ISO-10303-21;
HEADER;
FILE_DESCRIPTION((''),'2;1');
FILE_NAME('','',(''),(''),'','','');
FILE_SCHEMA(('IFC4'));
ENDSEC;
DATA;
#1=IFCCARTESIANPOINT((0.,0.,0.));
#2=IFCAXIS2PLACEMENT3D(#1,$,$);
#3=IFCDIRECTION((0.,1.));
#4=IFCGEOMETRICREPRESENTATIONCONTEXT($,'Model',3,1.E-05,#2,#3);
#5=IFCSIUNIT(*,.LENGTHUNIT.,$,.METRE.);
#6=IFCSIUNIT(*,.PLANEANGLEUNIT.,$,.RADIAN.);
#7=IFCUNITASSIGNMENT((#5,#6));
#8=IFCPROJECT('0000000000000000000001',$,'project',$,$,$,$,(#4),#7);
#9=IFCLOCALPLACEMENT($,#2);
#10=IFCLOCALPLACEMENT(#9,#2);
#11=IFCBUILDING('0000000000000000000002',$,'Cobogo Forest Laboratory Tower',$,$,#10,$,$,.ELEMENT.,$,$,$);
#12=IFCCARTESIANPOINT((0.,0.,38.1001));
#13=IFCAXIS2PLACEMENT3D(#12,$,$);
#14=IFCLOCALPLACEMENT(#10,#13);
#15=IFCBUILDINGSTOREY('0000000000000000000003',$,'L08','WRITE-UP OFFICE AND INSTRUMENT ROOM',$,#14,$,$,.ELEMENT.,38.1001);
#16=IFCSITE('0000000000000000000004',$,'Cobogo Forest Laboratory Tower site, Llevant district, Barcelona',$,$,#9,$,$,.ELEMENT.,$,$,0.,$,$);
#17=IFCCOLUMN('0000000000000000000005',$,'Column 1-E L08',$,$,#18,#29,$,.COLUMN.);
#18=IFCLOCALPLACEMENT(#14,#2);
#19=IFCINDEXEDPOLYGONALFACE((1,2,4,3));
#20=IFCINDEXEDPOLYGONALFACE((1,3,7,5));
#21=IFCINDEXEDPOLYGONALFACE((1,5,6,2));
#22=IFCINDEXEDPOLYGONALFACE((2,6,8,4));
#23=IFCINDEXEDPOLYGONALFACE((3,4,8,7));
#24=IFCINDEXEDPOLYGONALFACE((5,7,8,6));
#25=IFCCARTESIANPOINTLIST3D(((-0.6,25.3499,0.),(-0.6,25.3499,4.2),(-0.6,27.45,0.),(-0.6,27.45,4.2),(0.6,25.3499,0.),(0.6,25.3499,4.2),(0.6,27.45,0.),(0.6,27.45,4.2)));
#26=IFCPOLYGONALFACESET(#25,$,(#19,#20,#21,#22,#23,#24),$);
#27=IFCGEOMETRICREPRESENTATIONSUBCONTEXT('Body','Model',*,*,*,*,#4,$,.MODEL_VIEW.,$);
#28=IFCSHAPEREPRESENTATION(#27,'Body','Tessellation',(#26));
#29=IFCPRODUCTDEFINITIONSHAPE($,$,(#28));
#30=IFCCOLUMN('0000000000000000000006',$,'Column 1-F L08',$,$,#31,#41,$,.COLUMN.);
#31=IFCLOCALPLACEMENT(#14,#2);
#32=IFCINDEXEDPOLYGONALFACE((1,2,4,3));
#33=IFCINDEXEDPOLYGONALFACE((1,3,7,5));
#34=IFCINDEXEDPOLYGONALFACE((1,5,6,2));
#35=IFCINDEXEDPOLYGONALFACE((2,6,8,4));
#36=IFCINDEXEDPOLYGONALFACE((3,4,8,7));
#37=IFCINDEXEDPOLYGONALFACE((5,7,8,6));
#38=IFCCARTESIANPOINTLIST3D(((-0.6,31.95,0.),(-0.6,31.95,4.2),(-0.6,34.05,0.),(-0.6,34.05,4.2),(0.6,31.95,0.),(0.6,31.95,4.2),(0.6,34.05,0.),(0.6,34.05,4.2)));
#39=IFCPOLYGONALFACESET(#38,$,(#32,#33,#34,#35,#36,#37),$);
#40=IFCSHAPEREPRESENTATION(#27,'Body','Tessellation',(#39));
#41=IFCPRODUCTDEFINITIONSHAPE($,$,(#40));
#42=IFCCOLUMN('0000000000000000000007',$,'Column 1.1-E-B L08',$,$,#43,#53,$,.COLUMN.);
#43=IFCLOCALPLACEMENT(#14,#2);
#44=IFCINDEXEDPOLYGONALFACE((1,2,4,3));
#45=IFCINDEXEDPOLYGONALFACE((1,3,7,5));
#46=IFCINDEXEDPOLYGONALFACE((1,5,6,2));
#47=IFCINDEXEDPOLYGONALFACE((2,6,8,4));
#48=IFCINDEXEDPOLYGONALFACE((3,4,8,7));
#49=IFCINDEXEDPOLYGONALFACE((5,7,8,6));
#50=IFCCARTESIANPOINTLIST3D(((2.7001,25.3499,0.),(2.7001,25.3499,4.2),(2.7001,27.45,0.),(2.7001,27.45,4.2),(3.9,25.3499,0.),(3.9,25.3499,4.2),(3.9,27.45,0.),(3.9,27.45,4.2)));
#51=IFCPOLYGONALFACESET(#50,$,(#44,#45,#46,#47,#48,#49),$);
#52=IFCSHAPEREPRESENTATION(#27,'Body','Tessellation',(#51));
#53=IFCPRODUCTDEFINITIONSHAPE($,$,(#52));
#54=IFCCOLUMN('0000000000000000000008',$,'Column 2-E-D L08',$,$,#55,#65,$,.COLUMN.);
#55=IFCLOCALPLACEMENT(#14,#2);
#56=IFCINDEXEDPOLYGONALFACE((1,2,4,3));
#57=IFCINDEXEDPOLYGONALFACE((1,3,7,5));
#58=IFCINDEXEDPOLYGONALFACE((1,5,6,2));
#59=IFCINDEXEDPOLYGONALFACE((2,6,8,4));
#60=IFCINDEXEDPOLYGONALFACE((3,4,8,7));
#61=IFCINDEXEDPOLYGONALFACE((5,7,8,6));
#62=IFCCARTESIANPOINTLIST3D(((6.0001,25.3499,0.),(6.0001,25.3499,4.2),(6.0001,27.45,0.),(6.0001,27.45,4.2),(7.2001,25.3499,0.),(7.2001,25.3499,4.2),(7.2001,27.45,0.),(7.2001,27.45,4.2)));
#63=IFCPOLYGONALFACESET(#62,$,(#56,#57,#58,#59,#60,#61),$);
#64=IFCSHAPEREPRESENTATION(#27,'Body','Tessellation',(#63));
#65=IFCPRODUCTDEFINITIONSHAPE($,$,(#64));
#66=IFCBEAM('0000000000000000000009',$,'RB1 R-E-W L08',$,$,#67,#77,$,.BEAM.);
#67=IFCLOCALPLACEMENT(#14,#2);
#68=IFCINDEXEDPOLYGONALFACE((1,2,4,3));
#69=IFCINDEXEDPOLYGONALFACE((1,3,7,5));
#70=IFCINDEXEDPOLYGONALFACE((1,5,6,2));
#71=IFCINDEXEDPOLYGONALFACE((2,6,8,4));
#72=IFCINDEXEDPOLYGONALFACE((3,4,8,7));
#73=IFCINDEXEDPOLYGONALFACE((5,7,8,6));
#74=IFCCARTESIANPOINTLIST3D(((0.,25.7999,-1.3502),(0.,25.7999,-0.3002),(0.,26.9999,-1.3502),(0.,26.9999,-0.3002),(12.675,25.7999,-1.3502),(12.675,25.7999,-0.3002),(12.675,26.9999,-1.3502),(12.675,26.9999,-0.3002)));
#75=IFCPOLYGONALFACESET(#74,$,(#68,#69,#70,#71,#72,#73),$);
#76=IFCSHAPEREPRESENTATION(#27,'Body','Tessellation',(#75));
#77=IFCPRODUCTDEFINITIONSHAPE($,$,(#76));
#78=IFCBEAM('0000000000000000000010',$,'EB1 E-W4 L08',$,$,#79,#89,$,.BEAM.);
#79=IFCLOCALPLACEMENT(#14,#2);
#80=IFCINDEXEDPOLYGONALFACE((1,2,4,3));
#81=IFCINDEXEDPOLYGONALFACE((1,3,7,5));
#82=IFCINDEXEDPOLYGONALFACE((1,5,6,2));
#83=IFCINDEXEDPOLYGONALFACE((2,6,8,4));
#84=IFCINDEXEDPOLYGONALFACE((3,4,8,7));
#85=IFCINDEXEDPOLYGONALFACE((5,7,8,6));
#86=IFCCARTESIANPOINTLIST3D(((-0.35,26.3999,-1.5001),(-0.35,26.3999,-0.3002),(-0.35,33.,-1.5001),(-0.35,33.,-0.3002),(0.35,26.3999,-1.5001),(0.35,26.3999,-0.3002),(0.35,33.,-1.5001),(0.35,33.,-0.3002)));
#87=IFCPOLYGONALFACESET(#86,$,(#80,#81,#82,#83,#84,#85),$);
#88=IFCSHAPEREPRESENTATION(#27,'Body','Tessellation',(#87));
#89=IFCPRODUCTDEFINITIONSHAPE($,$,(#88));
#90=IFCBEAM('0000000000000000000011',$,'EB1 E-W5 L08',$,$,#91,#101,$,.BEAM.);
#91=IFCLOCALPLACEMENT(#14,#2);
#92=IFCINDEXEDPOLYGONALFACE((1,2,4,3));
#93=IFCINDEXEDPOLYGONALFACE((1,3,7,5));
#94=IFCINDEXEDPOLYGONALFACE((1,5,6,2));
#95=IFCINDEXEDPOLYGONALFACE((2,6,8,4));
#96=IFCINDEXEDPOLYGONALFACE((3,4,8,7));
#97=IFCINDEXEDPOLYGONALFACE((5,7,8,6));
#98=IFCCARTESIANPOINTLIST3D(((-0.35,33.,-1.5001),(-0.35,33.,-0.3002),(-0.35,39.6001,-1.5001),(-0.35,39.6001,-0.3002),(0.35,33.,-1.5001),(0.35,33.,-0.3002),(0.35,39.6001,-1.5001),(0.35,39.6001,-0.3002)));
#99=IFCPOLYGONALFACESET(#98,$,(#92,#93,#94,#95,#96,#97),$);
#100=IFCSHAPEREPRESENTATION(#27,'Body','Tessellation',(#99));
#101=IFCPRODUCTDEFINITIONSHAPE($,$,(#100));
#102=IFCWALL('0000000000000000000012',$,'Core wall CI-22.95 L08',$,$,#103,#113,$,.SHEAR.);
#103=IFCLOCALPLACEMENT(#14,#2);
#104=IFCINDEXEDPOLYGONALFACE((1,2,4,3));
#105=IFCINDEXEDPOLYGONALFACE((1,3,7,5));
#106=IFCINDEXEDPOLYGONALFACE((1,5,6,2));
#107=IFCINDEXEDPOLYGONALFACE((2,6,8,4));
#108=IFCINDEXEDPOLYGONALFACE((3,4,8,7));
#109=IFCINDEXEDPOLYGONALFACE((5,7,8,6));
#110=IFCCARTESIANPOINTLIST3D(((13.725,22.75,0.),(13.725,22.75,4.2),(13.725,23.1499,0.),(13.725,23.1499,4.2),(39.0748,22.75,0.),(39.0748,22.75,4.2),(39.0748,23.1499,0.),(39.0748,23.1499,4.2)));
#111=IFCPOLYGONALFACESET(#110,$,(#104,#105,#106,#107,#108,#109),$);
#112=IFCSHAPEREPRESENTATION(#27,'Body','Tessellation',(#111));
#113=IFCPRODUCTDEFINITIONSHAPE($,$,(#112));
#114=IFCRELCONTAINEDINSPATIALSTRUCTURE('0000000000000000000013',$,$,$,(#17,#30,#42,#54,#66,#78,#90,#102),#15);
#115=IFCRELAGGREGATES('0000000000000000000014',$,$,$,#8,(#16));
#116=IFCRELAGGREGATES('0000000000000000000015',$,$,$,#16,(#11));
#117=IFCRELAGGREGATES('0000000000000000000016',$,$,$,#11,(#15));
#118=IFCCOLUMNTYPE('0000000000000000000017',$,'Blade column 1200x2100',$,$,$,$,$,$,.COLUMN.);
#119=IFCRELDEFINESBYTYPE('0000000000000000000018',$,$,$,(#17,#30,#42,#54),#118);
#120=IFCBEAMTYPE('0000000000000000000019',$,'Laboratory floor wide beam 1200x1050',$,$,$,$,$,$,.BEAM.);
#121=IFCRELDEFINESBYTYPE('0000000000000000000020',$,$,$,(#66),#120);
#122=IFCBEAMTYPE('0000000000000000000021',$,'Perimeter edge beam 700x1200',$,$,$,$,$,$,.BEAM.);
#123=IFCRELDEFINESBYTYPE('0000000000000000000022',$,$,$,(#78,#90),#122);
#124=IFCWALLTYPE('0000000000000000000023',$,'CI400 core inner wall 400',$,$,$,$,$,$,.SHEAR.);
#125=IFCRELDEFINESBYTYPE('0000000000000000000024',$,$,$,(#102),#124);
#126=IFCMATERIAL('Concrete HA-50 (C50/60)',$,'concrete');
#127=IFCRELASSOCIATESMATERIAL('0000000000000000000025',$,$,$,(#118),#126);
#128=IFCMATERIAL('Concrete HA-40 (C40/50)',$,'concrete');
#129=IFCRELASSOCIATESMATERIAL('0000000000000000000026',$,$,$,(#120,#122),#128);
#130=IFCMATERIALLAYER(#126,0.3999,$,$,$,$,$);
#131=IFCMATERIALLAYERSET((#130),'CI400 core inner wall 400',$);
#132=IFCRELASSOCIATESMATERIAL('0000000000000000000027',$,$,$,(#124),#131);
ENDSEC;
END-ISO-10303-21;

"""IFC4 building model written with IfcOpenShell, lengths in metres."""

from ifc_helpers import new_model, si_unit, direction, frame, frame_2d, origin, origin_2d, place, context, subcontext, project, spatial, rectangle, extrude, material, layer, layer_set, material_profile, profile_set, type_object, element, save


model = new_model("IFC4")

# Units and contexts
model_context = context("Model", 3, precision=1e-05, world=origin(), true_north=direction((0.0, 1.0)))
body_context = subcontext(model_context, "Body", "Model", "MODEL_VIEW")
ifc_project = project(units=[si_unit("LENGTHUNIT", "METRE"), si_unit("PLANEANGLEUNIT", "RADIAN")], contexts=[model_context])

# Site, building, storey
site_placement = place(None, origin())
site = spatial("IfcSite", under=ifc_project, at=site_placement, Name="Cobogo Forest Laboratory Tower site, Llevant district, Barcelona", CompositionType="ELEMENT", RefElevation=0.0)
building_placement = place(site_placement, origin())
building = spatial("IfcBuilding", under=site, at=building_placement, Name="Cobogo Forest Laboratory Tower", CompositionType="ELEMENT")
storey_placement = place(building_placement, frame((0.0, 0.0, 38.1001)))
storey = spatial("IfcBuildingStorey", under=building, at=storey_placement, Name="L08", Description="WRITE-UP OFFICE AND INSTRUMENT ROOM", CompositionType="ELEMENT", Elevation=38.1001)

# Columns
ifc_material_1 = material(Name="Concrete HA-50 (C50/60)", Category="concrete")
ifc_material_profile_1 = material_profile(ifc_material_1, rectangle(XDim=2.1001, YDim=1.2, at=origin_2d()), Name="RC 1200x2100")
ifc_profile_set_1 = profile_set([ifc_material_profile_1], Name="Concrete HA-50 (C50/60)")
column_type = type_object("IfcColumnType", Name="Blade column 1200x2100", PredefinedType="COLUMN", material=ifc_profile_set_1)
for number, where, z_axis, x_axis, name in (
    (1, (0.0, 26.3999, 0.0), (0.0, 0.0, 1.0), (0.0, 1.0, 0.0), "Column 1-E L08"),
    (2, (0.0, 33.0, 0.0), (0.0, 0.0, 1.0), (0.0, 1.0, 0.0), "Column 1-F L08"),
    (3, (3.3, 26.3999, 0.0), (0.0, 0.0, 1.0), (0.0, 1.0, 0.0), "Column 1.1-E-B L08"),
    (4, (6.6001, 26.3999, 0.0), (0.0, 0.0, 1.0), (0.0, 1.0, 0.0), "Column 2-E-D L08"),
):
    element("IfcColumn", number, at=place(storey_placement, frame(where, z_axis=z_axis, x_axis=x_axis)), inside=storey, type_object=column_type, Name=name, PredefinedType="COLUMN", context=body_context, shape_type="SweptSolid", body=[
        extrude(rectangle(XDim=2.1001, YDim=1.2, at=origin_2d()), origin(), (0.0, 0.0, 1.0), 4.2),
    ])

# Beams
ifc_material_2 = material(Name="Concrete HA-40 (C40/50)", Category="concrete")
ifc_material_profile_2 = material_profile(ifc_material_2, rectangle(XDim=1.2, YDim=1.05, at=origin_2d()), Name="RC 1200x1050")
ifc_profile_set_2 = profile_set([ifc_material_profile_2], Name="Concrete HA-40 (C40/50)")
beam_type_1 = type_object("IfcBeamType", Name="Laboratory floor wide beam 1200x1050", PredefinedType="BEAM", material=ifc_profile_set_2)
beam_placement = place(storey_placement, frame((12.675, 26.3999, -0.8252), z_axis=(-1.0, 0.0, 0.0), x_axis=(0.0, -1.0, 0.0)))
element("IfcBeam", 5, at=beam_placement, inside=storey, type_object=beam_type_1, Name="RB1 R-E-W L08", PredefinedType="BEAM", context=body_context, shape_type="SweptSolid", body=[
    extrude(rectangle(XDim=1.2, YDim=1.05, at=origin_2d()), origin(), (0.0, 0.0, 1.0), 12.675),
])
ifc_material_profile_3 = material_profile(ifc_material_2, rectangle(XDim=0.7, YDim=1.2, at=origin_2d()), Name="RC 700x1200")
ifc_profile_set_3 = profile_set([ifc_material_profile_3], Name="Concrete HA-40 (C40/50)")
beam_type_2 = type_object("IfcBeamType", Name="Perimeter edge beam 700x1200", PredefinedType="BEAM", material=ifc_profile_set_3)
for number, where, z_axis, x_axis, name in (
    (6, (0.0, 26.3999, -0.9001), (0.0, 1.0, 0.0), (-1.0, 0.0, 0.0), "EB1 E-W4 L08"),
    (7, (0.0, 33.0, -0.9001), (0.0, 1.0, 0.0), (-1.0, 0.0, 0.0), "EB1 E-W5 L08"),
):
    element("IfcBeam", number, at=place(storey_placement, frame(where, z_axis=z_axis, x_axis=x_axis)), inside=storey, type_object=beam_type_2, Name=name, PredefinedType="BEAM", context=body_context, shape_type="SweptSolid", body=[
        extrude(rectangle(XDim=0.7, YDim=1.2, at=origin_2d()), origin(), (0.0, 0.0, 1.0), 6.6001),
    ])

# Wall
ifc_layer_1 = layer(ifc_material_1, 0.3999)
ifc_layer_set_1 = layer_set([ifc_layer_1], Name="CI400 core inner wall 400")
wall_type_1 = type_object("IfcWallType", Name="CI400 core inner wall 400", PredefinedType="SHEAR", material=ifc_layer_set_1)
wall_1_placement = place(storey_placement, frame((13.7251, 22.95, 0.0), z_axis=(0.0, 0.0, 1.0), x_axis=(1.0, 0.0, 0.0)))
element("IfcWall", 8, at=wall_1_placement, inside=storey, type_object=wall_type_1, Name="Core wall CI-22.95 L08", PredefinedType="SHEAR", context=body_context, shape_type="SweptSolid", body=[
    extrude(rectangle(XDim=25.3499, YDim=0.3999, at=frame_2d((12.6748, 0.0))), origin(), (0.0, 0.0, 1.0), 4.2),
])

save(model, "model.ifc")
